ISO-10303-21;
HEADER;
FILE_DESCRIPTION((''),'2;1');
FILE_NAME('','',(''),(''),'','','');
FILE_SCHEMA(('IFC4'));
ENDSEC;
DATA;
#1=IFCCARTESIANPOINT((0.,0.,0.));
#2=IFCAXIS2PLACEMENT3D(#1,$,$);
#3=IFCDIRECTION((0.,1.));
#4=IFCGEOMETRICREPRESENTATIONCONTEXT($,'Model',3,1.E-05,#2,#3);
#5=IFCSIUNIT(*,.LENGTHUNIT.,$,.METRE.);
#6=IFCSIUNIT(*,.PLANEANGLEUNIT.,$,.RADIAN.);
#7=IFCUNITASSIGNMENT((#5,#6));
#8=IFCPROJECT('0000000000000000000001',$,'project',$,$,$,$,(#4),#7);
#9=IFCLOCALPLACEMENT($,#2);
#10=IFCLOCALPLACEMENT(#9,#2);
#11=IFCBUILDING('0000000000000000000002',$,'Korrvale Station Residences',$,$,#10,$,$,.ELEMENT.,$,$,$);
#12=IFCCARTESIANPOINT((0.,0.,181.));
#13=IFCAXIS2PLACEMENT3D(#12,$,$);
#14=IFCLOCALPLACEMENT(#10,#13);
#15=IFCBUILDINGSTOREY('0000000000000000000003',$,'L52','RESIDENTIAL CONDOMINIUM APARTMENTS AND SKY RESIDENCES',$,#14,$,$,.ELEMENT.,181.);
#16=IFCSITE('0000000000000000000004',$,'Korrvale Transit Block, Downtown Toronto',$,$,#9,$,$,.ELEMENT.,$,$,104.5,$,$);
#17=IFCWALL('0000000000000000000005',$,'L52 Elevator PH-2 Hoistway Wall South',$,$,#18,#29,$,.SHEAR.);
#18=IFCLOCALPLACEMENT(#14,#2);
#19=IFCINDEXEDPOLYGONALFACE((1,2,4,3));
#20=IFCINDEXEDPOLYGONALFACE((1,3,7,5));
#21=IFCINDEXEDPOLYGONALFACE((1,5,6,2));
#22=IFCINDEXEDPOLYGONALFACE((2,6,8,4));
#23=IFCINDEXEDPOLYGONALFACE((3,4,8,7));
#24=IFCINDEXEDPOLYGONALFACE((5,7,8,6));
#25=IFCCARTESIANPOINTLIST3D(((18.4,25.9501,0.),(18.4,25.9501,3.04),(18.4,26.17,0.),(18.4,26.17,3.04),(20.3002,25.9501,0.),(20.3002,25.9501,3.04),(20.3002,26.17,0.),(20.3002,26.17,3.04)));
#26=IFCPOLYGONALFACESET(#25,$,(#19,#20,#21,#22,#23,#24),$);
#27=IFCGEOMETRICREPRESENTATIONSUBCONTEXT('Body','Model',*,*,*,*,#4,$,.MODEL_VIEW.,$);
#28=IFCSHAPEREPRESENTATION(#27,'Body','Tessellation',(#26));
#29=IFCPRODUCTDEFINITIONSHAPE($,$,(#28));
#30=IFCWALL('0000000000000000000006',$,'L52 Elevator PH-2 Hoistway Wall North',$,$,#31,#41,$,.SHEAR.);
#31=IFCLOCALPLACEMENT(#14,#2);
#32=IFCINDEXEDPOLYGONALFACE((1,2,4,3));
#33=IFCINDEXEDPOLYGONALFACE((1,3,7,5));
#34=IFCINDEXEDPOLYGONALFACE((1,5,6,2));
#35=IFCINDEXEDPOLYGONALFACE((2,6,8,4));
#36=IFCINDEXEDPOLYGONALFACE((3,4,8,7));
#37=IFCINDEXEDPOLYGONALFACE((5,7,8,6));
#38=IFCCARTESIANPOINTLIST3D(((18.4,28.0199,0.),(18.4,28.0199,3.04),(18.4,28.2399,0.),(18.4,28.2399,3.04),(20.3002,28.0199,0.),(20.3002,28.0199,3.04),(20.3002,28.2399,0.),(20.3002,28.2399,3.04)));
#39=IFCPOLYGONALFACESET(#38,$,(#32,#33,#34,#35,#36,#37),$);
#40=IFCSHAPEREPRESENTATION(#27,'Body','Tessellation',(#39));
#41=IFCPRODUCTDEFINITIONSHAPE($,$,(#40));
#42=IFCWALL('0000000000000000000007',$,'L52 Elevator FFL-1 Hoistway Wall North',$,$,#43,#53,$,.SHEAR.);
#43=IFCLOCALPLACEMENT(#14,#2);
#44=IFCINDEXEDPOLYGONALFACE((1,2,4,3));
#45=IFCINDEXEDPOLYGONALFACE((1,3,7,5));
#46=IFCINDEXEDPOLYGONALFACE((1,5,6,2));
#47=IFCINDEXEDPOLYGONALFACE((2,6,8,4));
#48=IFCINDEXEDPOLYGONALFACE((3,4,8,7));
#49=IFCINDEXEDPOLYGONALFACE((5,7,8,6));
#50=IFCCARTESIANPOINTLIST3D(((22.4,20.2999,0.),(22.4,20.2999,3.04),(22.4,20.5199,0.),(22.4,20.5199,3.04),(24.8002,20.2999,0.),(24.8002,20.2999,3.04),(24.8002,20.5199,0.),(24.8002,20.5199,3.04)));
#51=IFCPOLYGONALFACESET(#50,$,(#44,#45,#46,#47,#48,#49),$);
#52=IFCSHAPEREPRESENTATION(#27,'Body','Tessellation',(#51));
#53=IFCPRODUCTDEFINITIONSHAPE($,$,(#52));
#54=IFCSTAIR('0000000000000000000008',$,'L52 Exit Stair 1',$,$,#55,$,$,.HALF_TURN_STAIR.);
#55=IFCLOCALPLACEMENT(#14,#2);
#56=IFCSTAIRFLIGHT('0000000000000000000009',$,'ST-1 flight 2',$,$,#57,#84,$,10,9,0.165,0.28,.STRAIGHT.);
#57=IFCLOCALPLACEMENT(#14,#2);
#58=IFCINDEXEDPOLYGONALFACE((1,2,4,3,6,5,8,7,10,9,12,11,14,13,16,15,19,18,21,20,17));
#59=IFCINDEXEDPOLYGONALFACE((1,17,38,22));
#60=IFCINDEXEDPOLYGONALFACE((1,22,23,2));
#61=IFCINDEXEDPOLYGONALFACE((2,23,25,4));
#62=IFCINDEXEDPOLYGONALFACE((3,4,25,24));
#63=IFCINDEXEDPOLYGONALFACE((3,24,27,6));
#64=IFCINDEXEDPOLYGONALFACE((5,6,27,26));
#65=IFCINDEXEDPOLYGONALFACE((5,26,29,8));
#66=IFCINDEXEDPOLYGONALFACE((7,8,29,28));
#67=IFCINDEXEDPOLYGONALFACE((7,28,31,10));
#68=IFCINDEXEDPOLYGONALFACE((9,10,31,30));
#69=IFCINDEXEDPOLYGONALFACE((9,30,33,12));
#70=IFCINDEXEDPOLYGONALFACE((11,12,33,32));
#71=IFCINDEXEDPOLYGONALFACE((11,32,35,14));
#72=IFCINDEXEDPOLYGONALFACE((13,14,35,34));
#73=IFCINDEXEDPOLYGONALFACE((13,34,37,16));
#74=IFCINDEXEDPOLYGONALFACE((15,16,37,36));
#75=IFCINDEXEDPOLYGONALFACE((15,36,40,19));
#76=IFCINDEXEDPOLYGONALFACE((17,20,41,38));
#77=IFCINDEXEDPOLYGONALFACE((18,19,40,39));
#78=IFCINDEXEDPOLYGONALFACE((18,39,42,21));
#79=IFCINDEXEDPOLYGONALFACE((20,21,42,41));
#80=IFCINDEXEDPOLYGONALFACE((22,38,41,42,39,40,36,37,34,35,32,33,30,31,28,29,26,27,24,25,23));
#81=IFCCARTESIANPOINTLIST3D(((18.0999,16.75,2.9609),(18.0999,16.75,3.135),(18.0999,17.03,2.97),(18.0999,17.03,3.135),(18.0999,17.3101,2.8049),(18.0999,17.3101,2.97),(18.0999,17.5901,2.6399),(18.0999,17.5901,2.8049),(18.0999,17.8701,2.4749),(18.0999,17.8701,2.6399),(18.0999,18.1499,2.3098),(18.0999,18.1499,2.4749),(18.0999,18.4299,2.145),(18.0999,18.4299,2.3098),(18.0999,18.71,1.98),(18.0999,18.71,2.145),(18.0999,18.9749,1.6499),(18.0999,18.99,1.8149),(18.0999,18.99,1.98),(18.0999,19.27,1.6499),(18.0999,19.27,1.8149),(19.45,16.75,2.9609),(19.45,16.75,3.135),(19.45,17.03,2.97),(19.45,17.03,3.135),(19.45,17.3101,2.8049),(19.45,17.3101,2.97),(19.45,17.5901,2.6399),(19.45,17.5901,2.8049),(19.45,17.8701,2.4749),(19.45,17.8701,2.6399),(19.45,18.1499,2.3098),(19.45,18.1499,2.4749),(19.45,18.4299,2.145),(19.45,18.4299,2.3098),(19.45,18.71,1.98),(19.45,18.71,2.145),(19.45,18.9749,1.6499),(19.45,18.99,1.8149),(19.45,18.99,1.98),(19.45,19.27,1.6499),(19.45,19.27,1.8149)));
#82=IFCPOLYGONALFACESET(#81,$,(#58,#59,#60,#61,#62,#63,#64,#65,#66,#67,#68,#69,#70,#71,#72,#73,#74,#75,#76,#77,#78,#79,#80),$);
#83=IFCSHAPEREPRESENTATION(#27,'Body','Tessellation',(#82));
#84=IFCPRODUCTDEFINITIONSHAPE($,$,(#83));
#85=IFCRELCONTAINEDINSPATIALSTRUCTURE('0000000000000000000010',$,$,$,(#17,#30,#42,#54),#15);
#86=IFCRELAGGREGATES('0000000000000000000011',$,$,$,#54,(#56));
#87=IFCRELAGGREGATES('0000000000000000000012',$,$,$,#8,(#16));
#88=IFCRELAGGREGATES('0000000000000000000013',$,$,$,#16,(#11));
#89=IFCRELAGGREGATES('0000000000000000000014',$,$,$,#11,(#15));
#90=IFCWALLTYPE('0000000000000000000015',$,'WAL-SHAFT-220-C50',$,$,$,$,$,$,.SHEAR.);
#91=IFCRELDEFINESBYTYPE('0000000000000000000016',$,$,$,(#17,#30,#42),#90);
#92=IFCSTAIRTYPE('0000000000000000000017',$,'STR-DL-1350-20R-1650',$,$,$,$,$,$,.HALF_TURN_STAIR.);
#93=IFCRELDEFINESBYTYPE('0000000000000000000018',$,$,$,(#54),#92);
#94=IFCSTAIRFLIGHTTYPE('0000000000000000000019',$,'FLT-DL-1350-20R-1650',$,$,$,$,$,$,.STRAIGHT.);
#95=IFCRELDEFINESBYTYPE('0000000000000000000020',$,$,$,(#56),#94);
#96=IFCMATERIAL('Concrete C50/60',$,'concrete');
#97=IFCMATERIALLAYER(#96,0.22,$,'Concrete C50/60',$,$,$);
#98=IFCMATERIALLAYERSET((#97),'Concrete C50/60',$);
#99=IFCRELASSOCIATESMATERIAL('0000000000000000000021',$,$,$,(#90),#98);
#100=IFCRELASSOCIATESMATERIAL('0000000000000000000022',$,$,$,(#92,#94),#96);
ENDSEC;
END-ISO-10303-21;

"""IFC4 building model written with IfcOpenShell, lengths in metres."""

from ifc_helpers import new_model, si_unit, direction, frame, frame_2d, origin, place, context, subcontext, project, spatial, polyline, rectangle, outline, extrude, material, layer, layer_set, type_object, element, aggregate, save


model = new_model("IFC4")

# Units and contexts
model_context = context("Model", 3, precision=1e-05, world=origin(), true_north=direction((0.0, 1.0)))
body_context = subcontext(model_context, "Body", "Model", "MODEL_VIEW")
ifc_project = project(units=[si_unit("LENGTHUNIT", "METRE"), si_unit("PLANEANGLEUNIT", "RADIAN")], contexts=[model_context])

# Site, building, storey
site_placement = place(None, origin())
site = spatial("IfcSite", under=ifc_project, at=site_placement, Name="Korrvale Transit Block, Downtown Toronto", CompositionType="ELEMENT", RefElevation=104.5)
building_placement = place(site_placement, origin())
building = spatial("IfcBuilding", under=site, at=building_placement, Name="Korrvale Station Residences", CompositionType="ELEMENT")
storey_placement = place(building_placement, frame((0.0, 0.0, 181.0)))
storey = spatial("IfcBuildingStorey", under=building, at=storey_placement, Name="L52", Description="RESIDENTIAL CONDOMINIUM APARTMENTS AND SKY RESIDENCES", CompositionType="ELEMENT", Elevation=181.0)

# Shared definitions
ifc_material_1 = material(Name="Concrete C50/60", Category="concrete")

# Shared definitions
ifc_layer_1 = layer(ifc_material_1, 0.22, Name="Concrete C50/60")
ifc_layer_set_1 = layer_set([ifc_layer_1], Name="Concrete C50/60")
wall_type_1 = type_object("IfcWallType", Name="WAL-SHAFT-220-C50", PredefinedType="SHEAR", material=ifc_layer_set_1)

# Walls
for number, where, z_axis, x_axis, name in (
    (1, (18.3999, 26.0601, 0.0), (0.0, 0.0, 1.0), (1.0, 0.0, 0.0), "L52 Elevator PH-2 Hoistway Wall South"),
    (2, (18.3999, 28.1299, 0.0), (0.0, 0.0, 1.0), (1.0, 0.0, 0.0), "L52 Elevator PH-2 Hoistway Wall North"),
):
    element("IfcWall", number, at=place(storey_placement, frame(where, z_axis=z_axis, x_axis=x_axis)), inside=storey, type_object=wall_type_1, Name=name, PredefinedType="SHEAR", context=body_context, shape_type="SweptSolid", body=[
        extrude(rectangle(XDim=1.9001, YDim=0.22, at=frame_2d((0.9502, 0.0))), origin(), (0.0, 0.0, 1.0), 3.04),
    ])

# Wall
wall_1_placement = place(storey_placement, frame((22.3999, 20.4099, 0.0), z_axis=(0.0, 0.0, 1.0), x_axis=(1.0, 0.0, 0.0)))
element("IfcWall", 3, at=wall_1_placement, inside=storey, type_object=wall_type_1, Name="L52 Elevator FFL-1 Hoistway Wall North", PredefinedType="SHEAR", context=body_context, shape_type="SweptSolid", body=[
    extrude(rectangle(XDim=2.4001, YDim=0.22, at=frame_2d((1.2002, 0.0))), origin(), (0.0, 0.0, 1.0), 3.04),
])

# Stair, stair flight
stair_type = type_object("IfcStairType", Name="STR-DL-1350-20R-1650", PredefinedType="HALF_TURN_STAIR", material=ifc_material_1)
stair_placement = place(storey_placement, origin())
stair = element("IfcStair", 4, at=stair_placement, inside=storey, type_object=stair_type, Name="L52 Exit Stair 1", PredefinedType="HALF_TURN_STAIR")
stair_flight_type = type_object("IfcStairFlightType", Name="FLT-DL-1350-20R-1650", PredefinedType="STRAIGHT", material=ifc_material_1)
stair_flight_placement = place(storey_placement, frame((18.7749, 19.27, 1.6499), z_axis=(0.0, 0.0, 1.0), x_axis=(0.0, -1.0, 0.0)))
stair_flight = element("IfcStairFlight", 5, at=stair_flight_placement, type_object=stair_flight_type, Name="ST-1 flight 2", NumberOfRisers=10, NumberOfTreads=9, PredefinedType="STRAIGHT", RiserHeight=0.165, TreadLength=0.28, context=body_context, shape_type="SweptSolid", body=[
    extrude(outline(polyline([(0.0, 0.0), (0.0, 0.165), (0.28, 0.165), (0.28, 0.3301), (0.5601, 0.3301), (0.5601, 0.4951), (0.8401, 0.4951), (0.8401, 0.6599), (1.1201, 0.6599), (1.1201, 0.825), (1.3999, 0.825), (1.3999, 0.99), (1.6799, 0.99), (1.6799, 1.155), (1.96, 1.155), (1.96, 1.3201), (2.24, 1.3201), (2.24, 1.4851), (2.52, 1.4851), (2.52, 1.6499), (2.52, 1.311), (0.2952, 0.0), (0.0, 0.0)])), frame((0.0, 0.675, 0.0), z_axis=(0.0, -1.0, 0.0), x_axis=(1.0, 0.0, 0.0)), (0.0, 0.0, 1.0), 1.3501),
])
aggregate(stair, [stair_flight])

save(model, "model.ifc")
